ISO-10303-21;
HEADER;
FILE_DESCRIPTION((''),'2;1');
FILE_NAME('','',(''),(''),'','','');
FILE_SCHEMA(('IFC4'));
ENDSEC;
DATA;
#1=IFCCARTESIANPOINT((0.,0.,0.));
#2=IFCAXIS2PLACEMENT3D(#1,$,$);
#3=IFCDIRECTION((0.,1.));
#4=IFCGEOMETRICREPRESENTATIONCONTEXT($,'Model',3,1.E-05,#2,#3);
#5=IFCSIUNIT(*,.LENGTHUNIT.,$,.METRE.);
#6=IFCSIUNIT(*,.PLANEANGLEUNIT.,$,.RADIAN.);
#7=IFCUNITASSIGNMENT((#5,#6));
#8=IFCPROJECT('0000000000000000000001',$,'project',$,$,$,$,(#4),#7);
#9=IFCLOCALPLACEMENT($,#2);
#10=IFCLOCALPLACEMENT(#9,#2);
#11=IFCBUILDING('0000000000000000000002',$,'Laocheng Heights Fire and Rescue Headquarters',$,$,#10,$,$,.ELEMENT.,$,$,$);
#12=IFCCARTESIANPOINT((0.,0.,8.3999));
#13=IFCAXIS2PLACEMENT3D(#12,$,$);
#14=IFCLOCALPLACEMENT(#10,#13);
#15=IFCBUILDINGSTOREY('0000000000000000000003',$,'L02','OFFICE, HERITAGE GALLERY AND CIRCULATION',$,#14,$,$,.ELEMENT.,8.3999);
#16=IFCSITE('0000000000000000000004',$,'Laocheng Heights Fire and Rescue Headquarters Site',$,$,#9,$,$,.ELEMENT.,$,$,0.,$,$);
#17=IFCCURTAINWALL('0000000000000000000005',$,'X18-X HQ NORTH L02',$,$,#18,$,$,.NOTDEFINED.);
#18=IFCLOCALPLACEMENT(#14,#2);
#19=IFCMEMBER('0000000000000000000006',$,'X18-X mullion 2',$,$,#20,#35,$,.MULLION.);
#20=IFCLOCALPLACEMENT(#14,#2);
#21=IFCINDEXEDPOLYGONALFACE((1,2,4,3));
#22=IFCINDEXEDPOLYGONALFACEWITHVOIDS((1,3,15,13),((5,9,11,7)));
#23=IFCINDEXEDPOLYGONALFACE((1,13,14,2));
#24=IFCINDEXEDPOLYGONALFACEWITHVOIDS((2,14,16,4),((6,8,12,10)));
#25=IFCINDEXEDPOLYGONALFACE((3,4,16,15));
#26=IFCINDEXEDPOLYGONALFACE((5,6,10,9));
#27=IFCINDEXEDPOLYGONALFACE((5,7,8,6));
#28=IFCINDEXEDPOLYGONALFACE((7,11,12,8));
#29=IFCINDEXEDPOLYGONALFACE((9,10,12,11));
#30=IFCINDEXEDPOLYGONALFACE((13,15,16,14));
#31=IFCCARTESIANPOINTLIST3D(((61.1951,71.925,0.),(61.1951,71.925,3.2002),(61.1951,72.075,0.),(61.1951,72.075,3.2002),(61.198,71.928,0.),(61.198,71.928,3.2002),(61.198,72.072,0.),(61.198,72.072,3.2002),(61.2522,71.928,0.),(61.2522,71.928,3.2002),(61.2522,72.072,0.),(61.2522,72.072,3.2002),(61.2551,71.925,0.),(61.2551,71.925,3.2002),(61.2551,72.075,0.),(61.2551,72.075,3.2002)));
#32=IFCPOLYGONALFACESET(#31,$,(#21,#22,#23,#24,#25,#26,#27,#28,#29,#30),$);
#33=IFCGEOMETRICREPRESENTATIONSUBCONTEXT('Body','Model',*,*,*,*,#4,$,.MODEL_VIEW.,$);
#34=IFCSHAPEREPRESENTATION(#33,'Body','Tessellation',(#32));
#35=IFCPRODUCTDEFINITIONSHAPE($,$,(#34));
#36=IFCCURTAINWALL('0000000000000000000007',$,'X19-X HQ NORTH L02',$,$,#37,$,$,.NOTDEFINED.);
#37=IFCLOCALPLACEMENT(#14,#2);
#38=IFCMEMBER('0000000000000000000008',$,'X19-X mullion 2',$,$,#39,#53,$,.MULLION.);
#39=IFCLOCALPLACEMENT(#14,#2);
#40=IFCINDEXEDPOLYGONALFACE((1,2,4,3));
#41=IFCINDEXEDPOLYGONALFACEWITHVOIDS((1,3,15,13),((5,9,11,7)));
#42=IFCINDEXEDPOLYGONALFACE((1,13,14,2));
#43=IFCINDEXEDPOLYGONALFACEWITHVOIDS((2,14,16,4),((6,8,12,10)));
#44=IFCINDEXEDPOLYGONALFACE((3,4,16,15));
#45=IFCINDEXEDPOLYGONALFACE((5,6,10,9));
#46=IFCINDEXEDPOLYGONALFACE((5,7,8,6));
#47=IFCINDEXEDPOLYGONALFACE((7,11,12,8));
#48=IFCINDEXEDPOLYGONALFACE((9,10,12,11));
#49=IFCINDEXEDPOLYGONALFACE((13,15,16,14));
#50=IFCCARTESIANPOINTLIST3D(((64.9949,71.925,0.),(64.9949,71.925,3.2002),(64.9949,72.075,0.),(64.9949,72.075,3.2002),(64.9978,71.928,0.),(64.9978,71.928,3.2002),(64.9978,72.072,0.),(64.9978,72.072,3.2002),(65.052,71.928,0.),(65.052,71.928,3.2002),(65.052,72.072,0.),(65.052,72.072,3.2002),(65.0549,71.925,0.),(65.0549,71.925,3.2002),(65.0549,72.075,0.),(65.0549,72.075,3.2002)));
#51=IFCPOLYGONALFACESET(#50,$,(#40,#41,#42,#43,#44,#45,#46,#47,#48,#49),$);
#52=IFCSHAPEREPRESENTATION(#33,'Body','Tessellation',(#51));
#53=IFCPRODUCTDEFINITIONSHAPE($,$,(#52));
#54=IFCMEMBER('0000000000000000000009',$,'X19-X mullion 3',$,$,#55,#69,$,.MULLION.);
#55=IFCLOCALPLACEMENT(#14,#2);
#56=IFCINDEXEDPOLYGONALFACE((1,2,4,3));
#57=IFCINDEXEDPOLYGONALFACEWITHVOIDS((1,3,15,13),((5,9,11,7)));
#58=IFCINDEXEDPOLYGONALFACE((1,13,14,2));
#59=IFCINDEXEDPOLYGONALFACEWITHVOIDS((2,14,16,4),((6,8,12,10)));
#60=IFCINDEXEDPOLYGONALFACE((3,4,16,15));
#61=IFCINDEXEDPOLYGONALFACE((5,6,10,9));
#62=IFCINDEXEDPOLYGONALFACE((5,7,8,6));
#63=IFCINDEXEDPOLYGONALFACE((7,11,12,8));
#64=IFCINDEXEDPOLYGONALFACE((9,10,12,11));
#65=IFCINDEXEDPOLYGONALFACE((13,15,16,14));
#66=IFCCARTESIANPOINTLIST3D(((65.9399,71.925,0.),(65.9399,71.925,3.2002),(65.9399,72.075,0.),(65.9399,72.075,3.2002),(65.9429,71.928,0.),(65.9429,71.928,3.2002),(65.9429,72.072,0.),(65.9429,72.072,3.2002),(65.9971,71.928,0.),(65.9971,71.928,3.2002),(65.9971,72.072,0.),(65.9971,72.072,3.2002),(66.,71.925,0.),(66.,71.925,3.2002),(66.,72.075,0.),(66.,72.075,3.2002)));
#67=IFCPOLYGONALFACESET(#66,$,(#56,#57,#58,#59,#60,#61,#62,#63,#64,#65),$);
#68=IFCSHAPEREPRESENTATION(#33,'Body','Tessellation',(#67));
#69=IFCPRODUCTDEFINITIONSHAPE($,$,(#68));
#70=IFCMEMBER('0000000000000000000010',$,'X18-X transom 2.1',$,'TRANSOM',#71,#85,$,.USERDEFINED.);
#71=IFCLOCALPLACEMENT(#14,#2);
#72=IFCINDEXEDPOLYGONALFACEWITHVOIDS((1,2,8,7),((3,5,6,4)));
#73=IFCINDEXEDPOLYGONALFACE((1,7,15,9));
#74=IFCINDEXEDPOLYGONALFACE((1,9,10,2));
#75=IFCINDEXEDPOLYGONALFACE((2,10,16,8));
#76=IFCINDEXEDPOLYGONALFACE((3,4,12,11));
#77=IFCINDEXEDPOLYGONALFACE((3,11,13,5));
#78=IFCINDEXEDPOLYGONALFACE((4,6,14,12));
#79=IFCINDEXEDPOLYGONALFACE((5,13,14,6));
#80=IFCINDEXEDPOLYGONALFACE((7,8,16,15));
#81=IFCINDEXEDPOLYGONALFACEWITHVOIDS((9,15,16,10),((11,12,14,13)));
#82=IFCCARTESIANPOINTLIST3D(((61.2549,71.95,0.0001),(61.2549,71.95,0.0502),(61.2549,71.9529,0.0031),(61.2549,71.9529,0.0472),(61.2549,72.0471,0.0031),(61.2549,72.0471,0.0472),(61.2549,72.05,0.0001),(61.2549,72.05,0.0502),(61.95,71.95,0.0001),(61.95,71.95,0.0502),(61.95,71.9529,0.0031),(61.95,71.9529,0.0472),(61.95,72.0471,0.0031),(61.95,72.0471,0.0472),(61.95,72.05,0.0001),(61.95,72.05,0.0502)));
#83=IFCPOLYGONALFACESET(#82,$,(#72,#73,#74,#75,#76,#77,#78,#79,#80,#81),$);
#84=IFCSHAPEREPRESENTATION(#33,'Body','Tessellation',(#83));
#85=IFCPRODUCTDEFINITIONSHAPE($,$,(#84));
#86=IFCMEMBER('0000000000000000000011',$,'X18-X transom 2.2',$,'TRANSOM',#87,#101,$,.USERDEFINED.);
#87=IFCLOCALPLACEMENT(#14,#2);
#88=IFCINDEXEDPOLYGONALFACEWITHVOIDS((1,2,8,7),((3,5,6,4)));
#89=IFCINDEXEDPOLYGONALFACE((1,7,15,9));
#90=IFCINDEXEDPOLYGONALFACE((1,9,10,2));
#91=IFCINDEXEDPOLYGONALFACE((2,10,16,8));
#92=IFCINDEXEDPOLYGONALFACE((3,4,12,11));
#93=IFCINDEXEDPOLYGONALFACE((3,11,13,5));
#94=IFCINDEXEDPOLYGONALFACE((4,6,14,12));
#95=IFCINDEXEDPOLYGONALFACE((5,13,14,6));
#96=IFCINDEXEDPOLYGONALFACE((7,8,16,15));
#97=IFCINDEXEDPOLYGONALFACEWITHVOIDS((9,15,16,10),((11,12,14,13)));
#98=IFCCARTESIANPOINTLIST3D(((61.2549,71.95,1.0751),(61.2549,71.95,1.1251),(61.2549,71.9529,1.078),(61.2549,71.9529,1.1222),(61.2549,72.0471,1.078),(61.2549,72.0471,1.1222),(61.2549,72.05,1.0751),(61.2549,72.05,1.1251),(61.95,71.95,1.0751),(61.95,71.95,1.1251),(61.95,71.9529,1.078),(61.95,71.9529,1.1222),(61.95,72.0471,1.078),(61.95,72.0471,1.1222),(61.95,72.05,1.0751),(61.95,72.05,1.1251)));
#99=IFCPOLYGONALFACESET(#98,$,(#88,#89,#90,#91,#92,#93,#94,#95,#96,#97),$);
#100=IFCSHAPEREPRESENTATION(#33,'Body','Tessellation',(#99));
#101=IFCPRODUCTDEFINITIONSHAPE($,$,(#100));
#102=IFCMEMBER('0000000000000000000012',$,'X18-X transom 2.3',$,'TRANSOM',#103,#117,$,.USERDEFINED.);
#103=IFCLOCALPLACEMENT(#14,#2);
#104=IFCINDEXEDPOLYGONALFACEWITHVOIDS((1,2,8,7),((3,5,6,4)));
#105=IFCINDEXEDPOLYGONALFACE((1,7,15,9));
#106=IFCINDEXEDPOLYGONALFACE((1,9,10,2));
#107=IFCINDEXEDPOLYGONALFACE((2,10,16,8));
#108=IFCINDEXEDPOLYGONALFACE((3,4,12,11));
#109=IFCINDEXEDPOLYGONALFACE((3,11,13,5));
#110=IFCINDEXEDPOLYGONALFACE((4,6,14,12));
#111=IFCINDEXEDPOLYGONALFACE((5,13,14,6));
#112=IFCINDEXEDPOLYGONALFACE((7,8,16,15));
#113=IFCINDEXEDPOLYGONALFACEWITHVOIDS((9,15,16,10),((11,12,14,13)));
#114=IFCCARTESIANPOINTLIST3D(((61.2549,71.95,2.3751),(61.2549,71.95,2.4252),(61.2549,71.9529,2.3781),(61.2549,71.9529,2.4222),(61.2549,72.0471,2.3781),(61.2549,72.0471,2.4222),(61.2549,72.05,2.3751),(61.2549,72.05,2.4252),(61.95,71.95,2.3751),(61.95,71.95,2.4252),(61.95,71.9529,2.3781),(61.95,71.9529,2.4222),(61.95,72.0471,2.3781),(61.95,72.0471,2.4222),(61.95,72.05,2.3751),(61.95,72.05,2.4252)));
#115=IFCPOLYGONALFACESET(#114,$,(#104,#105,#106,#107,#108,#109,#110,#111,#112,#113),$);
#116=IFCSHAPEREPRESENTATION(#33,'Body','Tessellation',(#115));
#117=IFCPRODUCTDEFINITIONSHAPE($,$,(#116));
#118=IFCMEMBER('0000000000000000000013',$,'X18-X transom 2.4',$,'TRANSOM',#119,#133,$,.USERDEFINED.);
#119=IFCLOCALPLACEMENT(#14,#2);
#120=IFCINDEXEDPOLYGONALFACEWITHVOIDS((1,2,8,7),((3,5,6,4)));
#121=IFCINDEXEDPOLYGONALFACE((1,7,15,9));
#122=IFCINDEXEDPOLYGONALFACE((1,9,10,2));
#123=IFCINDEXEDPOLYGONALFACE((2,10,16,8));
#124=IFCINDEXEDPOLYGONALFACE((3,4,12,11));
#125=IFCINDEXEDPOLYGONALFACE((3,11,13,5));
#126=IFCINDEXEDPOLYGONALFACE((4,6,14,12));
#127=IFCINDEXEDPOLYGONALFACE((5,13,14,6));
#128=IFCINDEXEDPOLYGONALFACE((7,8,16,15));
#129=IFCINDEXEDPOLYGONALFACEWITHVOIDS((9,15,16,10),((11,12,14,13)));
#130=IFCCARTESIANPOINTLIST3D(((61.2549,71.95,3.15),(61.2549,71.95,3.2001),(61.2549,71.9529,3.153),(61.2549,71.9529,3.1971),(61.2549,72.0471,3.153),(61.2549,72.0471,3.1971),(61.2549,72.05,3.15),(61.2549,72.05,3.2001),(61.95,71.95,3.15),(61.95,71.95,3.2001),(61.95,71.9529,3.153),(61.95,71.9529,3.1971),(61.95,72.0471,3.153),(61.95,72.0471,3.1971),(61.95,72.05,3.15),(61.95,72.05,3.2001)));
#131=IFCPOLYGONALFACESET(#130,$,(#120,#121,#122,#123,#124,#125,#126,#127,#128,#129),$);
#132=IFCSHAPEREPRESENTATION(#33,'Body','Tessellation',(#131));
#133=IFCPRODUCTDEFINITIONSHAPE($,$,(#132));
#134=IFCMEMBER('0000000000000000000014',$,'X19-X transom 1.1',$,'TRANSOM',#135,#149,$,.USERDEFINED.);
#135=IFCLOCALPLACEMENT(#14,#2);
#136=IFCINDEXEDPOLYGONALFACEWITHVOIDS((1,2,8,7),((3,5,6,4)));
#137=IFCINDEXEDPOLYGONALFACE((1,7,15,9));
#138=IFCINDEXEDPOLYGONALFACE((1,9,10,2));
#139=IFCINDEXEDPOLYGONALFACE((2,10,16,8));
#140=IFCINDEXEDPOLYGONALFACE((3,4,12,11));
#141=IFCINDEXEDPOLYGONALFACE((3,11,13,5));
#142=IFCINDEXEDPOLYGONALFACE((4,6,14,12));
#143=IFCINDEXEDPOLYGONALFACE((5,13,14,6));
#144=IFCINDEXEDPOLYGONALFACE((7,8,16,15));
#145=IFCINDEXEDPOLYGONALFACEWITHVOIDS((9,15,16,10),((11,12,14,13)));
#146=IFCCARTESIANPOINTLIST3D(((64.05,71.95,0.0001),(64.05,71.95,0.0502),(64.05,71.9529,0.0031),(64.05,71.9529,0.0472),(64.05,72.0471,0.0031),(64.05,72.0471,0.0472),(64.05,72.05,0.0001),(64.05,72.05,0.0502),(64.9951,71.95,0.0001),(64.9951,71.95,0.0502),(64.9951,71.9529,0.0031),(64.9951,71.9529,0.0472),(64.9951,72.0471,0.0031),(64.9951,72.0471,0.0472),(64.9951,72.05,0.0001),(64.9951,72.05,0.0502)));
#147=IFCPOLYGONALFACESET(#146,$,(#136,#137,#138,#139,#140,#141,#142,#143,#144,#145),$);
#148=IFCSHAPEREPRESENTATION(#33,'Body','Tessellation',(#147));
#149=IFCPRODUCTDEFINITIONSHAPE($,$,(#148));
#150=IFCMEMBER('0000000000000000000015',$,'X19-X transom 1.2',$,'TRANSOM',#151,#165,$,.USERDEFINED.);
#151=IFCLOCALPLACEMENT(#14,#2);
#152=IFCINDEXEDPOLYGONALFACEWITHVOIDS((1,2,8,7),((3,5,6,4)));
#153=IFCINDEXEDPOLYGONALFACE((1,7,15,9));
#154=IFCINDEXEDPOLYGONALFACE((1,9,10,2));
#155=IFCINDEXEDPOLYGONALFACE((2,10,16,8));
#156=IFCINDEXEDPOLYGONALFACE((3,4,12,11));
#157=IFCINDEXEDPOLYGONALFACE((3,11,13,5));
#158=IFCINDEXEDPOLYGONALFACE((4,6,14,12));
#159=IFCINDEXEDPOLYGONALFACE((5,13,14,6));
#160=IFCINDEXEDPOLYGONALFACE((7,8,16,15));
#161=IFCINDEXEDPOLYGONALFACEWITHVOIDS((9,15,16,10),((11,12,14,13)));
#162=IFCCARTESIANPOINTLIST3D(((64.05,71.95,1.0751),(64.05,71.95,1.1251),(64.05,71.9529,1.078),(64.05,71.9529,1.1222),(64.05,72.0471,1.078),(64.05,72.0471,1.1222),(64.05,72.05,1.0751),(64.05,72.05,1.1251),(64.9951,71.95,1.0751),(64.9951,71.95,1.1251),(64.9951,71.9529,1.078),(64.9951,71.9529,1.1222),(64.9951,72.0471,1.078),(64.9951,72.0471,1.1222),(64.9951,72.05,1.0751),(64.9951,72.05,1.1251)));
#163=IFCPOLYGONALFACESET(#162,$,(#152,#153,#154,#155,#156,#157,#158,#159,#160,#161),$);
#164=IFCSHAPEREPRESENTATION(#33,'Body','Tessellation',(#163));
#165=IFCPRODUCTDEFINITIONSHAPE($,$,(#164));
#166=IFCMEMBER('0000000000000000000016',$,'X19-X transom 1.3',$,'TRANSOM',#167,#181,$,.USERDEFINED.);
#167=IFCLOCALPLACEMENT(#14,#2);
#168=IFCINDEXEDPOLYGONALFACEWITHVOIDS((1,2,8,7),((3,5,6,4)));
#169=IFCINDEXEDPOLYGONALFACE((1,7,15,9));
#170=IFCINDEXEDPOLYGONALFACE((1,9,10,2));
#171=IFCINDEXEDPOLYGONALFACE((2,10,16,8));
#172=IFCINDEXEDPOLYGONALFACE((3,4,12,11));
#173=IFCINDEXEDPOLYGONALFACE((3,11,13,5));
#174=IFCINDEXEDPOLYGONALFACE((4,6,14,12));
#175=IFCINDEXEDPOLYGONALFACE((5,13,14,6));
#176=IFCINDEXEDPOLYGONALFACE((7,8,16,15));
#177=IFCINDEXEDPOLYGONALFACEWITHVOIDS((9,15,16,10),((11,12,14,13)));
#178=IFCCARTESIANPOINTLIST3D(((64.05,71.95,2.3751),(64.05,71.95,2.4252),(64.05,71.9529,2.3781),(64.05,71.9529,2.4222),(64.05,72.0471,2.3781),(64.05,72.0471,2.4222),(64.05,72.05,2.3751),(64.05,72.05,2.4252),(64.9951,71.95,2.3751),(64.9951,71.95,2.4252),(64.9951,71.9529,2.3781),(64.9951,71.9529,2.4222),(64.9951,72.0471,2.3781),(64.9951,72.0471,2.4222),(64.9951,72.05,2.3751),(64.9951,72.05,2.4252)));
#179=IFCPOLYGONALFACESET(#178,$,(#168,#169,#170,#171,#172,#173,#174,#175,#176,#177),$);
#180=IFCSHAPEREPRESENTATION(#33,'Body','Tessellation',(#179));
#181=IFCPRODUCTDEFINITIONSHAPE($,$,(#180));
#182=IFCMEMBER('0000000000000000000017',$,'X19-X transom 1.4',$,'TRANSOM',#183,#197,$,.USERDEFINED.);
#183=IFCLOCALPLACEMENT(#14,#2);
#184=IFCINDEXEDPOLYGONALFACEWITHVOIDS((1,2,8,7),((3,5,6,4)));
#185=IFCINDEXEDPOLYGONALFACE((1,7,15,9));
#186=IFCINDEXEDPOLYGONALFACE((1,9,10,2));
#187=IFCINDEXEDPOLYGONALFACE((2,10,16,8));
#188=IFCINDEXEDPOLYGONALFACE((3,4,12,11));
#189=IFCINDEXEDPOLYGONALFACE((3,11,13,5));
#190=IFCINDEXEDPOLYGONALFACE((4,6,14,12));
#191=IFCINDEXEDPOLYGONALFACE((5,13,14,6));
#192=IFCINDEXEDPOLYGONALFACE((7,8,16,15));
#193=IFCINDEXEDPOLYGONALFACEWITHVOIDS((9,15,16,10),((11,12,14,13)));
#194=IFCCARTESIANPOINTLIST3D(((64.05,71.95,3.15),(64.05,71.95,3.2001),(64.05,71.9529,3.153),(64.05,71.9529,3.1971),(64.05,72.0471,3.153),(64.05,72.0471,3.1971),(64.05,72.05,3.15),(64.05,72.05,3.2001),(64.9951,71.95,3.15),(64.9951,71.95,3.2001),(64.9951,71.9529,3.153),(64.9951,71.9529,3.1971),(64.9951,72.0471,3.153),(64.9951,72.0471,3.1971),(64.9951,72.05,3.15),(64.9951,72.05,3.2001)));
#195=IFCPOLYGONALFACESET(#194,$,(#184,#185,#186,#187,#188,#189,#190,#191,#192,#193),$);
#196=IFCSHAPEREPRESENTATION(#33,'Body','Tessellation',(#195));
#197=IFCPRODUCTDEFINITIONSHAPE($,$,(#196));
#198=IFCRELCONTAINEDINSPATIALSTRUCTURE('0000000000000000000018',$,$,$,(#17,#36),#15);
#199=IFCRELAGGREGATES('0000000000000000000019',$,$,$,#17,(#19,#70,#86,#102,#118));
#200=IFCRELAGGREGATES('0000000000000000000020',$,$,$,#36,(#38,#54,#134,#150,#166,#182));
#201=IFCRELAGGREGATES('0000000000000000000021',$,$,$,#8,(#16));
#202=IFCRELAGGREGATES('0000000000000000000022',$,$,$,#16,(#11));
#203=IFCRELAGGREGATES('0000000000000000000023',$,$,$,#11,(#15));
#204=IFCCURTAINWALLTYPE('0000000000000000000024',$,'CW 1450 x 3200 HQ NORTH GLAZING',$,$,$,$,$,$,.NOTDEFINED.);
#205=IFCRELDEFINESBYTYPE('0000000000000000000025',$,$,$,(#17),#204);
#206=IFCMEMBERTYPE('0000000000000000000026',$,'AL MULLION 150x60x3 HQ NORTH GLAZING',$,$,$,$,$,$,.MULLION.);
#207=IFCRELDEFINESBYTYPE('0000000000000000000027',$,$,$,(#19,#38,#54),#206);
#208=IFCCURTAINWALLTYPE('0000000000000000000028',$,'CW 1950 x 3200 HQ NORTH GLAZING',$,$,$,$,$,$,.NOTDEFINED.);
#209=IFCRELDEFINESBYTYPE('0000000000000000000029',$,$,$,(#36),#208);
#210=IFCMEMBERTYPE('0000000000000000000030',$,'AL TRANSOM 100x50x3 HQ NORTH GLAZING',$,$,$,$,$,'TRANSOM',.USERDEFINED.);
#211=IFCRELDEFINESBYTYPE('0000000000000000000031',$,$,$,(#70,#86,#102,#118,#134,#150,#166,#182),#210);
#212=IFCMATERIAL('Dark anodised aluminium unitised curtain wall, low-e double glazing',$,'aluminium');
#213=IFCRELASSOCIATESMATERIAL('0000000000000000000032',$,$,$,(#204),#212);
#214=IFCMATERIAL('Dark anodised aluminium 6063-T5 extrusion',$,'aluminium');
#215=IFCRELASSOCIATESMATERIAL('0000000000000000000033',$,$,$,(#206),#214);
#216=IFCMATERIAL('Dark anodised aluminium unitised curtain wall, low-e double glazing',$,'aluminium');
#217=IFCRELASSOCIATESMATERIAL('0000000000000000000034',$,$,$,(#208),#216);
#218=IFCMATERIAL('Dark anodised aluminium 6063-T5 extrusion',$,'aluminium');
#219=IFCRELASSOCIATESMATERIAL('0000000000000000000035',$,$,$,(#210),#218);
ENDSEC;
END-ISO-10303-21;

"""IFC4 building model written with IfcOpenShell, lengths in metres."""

from ifc_helpers import new_model, si_unit, direction, frame, origin, origin_2d, place, context, subcontext, project, spatial, hollow_rectangle, extrude, material, material_profile, profile_set, type_object, element, aggregate, save


model = new_model("IFC4")

# Units and contexts
model_context = context("Model", 3, precision=1e-05, world=origin(), true_north=direction((0.0, 1.0)))
body_context = subcontext(model_context, "Body", "Model", "MODEL_VIEW")
ifc_project = project(units=[si_unit("LENGTHUNIT", "METRE"), si_unit("PLANEANGLEUNIT", "RADIAN")], contexts=[model_context])

# Site, building, storey
site_placement = place(None, origin())
site = spatial("IfcSite", under=ifc_project, at=site_placement, Name="Laocheng Heights Fire and Rescue Headquarters Site", CompositionType="ELEMENT", RefElevation=0.0)
building_placement = place(site_placement, origin())
building = spatial("IfcBuilding", under=site, at=building_placement, Name="Laocheng Heights Fire and Rescue Headquarters", CompositionType="ELEMENT")
storey_placement = place(building_placement, frame((0.0, 0.0, 8.3999)))
storey = spatial("IfcBuildingStorey", under=building, at=storey_placement, Name="L02", Description="OFFICE, HERITAGE GALLERY AND CIRCULATION", CompositionType="ELEMENT", Elevation=8.3999)

# Curtain wall, member
ifc_material_1 = material(Name="Dark anodised aluminium unitised curtain wall, low-e double glazing", Category="aluminium")
curtain_wall_type_1 = type_object("IfcCurtainWallType", Name="CW 1450 x 3200 HQ NORTH GLAZING", PredefinedType="NOTDEFINED", material=ifc_material_1)
curtain_wall_1_placement = place(storey_placement, origin())
curtain_wall_1 = element("IfcCurtainWall", 1, at=curtain_wall_1_placement, inside=storey, type_object=curtain_wall_type_1, Name="X18-X HQ NORTH L02", PredefinedType="NOTDEFINED")
ifc_material_2 = material(Name="Dark anodised aluminium 6063-T5 extrusion", Category="aluminium")
ifc_material_profile_1 = material_profile(ifc_material_2, hollow_rectangle(XDim=0.1499, YDim=0.0601, WallThickness=0.0029, at=origin_2d()), Name="AL MULLION 150x60x3 HQ NORTH GLAZING")
ifc_profile_set_1 = profile_set([ifc_material_profile_1], Name="Dark anodised aluminium 6063-T5 extrusion")
member_type_1 = type_object("IfcMemberType", Name="AL MULLION 150x60x3 HQ NORTH GLAZING", PredefinedType="MULLION", material=ifc_profile_set_1)
member_1_placement = place(storey_placement, frame((61.2251, 72.0, 0.0), z_axis=(0.0, 0.0, 1.0), x_axis=(0.0, 1.0, 0.0)))
member_1 = element("IfcMember", 2, at=member_1_placement, type_object=member_type_1, Name="X18-X mullion 2", PredefinedType="MULLION", context=body_context, shape_type="SweptSolid", body=[
    extrude(hollow_rectangle(XDim=0.1499, YDim=0.0601, WallThickness=0.0029, at=origin_2d()), origin(), (0.0, 0.0, 1.0), 3.2002),
])

# Curtain wall, members
ifc_material_3 = material(Name="Dark anodised aluminium unitised curtain wall, low-e double glazing", Category="aluminium")
curtain_wall_type_2 = type_object("IfcCurtainWallType", Name="CW 1950 x 3200 HQ NORTH GLAZING", PredefinedType="NOTDEFINED", material=ifc_material_3)
curtain_wall_2_placement = place(storey_placement, origin())
curtain_wall_2 = element("IfcCurtainWall", 3, at=curtain_wall_2_placement, inside=storey, type_object=curtain_wall_type_2, Name="X19-X HQ NORTH L02", PredefinedType="NOTDEFINED")
member_2_placement = place(storey_placement, frame((65.0249, 72.0, 0.0), z_axis=(0.0, 0.0, 1.0), x_axis=(0.0, 1.0, 0.0)))
member_2 = element("IfcMember", 4, at=member_2_placement, type_object=member_type_1, Name="X19-X mullion 2", PredefinedType="MULLION", context=body_context, shape_type="SweptSolid", body=[
    extrude(hollow_rectangle(XDim=0.1499, YDim=0.0601, WallThickness=0.0029, at=origin_2d()), origin(), (0.0, 0.0, 1.0), 3.2002),
])
member_3_placement = place(storey_placement, frame((65.97, 72.0, 0.0), z_axis=(0.0, 0.0, 1.0), x_axis=(0.0, 1.0, 0.0)))
member_3 = element("IfcMember", 5, at=member_3_placement, type_object=member_type_1, Name="X19-X mullion 3", PredefinedType="MULLION", context=body_context, shape_type="SweptSolid", body=[
    extrude(hollow_rectangle(XDim=0.1499, YDim=0.0601, WallThickness=0.0029, at=origin_2d()), origin(), (0.0, 0.0, 1.0), 3.2002),
])

# Members
ifc_material_4 = material(Name="Dark anodised aluminium 6063-T5 extrusion", Category="aluminium")
ifc_material_profile_2 = material_profile(ifc_material_4, hollow_rectangle(XDim=0.1001, YDim=0.05, WallThickness=0.0029, at=origin_2d()), Name="AL TRANSOM 100x50x3 HQ NORTH GLAZING")
ifc_profile_set_2 = profile_set([ifc_material_profile_2], Name="Dark anodised aluminium 6063-T5 extrusion")
member_type_2 = type_object("IfcMemberType", Name="AL TRANSOM 100x50x3 HQ NORTH GLAZING", ElementType="TRANSOM", PredefinedType="USERDEFINED", material=ifc_profile_set_2)
member_4_placement = place(storey_placement, frame((61.2549, 72.0, 0.0251), z_axis=(1.0, 0.0, 0.0), x_axis=(0.0, 1.0, 0.0)))
member_4 = element("IfcMember", 6, at=member_4_placement, type_object=member_type_2, Name="X18-X transom 2.1", ObjectType="TRANSOM", PredefinedType="USERDEFINED", context=body_context, shape_type="SweptSolid", body=[
    extrude(hollow_rectangle(XDim=0.1001, YDim=0.05, WallThickness=0.0029, at=origin_2d()), origin(), (0.0, 0.0, 1.0), 0.6951),
])
member_5_placement = place(storey_placement, frame((61.2549, 72.0, 1.1001), z_axis=(1.0, 0.0, 0.0), x_axis=(0.0, 1.0, 0.0)))
member_5 = element("IfcMember", 7, at=member_5_placement, type_object=member_type_2, Name="X18-X transom 2.2", ObjectType="TRANSOM", PredefinedType="USERDEFINED", context=body_context, shape_type="SweptSolid", body=[
    extrude(hollow_rectangle(XDim=0.1001, YDim=0.05, WallThickness=0.0029, at=origin_2d()), origin(), (0.0, 0.0, 1.0), 0.6951),
])
member_6_placement = place(storey_placement, frame((61.2549, 72.0, 2.4001), z_axis=(1.0, 0.0, 0.0), x_axis=(0.0, 1.0, 0.0)))
member_6 = element("IfcMember", 8, at=member_6_placement, type_object=member_type_2, Name="X18-X transom 2.3", ObjectType="TRANSOM", PredefinedType="USERDEFINED", context=body_context, shape_type="SweptSolid", body=[
    extrude(hollow_rectangle(XDim=0.1001, YDim=0.05, WallThickness=0.0029, at=origin_2d()), origin(), (0.0, 0.0, 1.0), 0.6951),
])
member_7_placement = place(storey_placement, frame((61.2549, 72.0, 3.175), z_axis=(1.0, 0.0, 0.0), x_axis=(0.0, 1.0, 0.0)))
member_7 = element("IfcMember", 9, at=member_7_placement, type_object=member_type_2, Name="X18-X transom 2.4", ObjectType="TRANSOM", PredefinedType="USERDEFINED", context=body_context, shape_type="SweptSolid", body=[
    extrude(hollow_rectangle(XDim=0.1001, YDim=0.05, WallThickness=0.0029, at=origin_2d()), origin(), (0.0, 0.0, 1.0), 0.6951),
])
member_8_placement = place(storey_placement, frame((64.05, 72.0, 0.0251), z_axis=(1.0, 0.0, 0.0), x_axis=(0.0, 1.0, 0.0)))
member_8 = element("IfcMember", 10, at=member_8_placement, type_object=member_type_2, Name="X19-X transom 1.1", ObjectType="TRANSOM", PredefinedType="USERDEFINED", context=body_context, shape_type="SweptSolid", body=[
    extrude(hollow_rectangle(XDim=0.1001, YDim=0.05, WallThickness=0.0029, at=origin_2d()), origin(), (0.0, 0.0, 1.0), 0.9451),
])
member_9_placement = place(storey_placement, frame((64.05, 72.0, 1.1001), z_axis=(1.0, 0.0, 0.0), x_axis=(0.0, 1.0, 0.0)))
member_9 = element("IfcMember", 11, at=member_9_placement, type_object=member_type_2, Name="X19-X transom 1.2", ObjectType="TRANSOM", PredefinedType="USERDEFINED", context=body_context, shape_type="SweptSolid", body=[
    extrude(hollow_rectangle(XDim=0.1001, YDim=0.05, WallThickness=0.0029, at=origin_2d()), origin(), (0.0, 0.0, 1.0), 0.9451),
])
member_10_placement = place(storey_placement, frame((64.05, 72.0, 2.4001), z_axis=(1.0, 0.0, 0.0), x_axis=(0.0, 1.0, 0.0)))
member_10 = element("IfcMember", 12, at=member_10_placement, type_object=member_type_2, Name="X19-X transom 1.3", ObjectType="TRANSOM", PredefinedType="USERDEFINED", context=body_context, shape_type="SweptSolid", body=[
    extrude(hollow_rectangle(XDim=0.1001, YDim=0.05, WallThickness=0.0029, at=origin_2d()), origin(), (0.0, 0.0, 1.0), 0.9451),
])
member_11_placement = place(storey_placement, frame((64.05, 72.0, 3.175), z_axis=(1.0, 0.0, 0.0), x_axis=(0.0, 1.0, 0.0)))
member_11 = element("IfcMember", 13, at=member_11_placement, type_object=member_type_2, Name="X19-X transom 1.4", ObjectType="TRANSOM", PredefinedType="USERDEFINED", context=body_context, shape_type="SweptSolid", body=[
    extrude(hollow_rectangle(XDim=0.1001, YDim=0.05, WallThickness=0.0029, at=origin_2d()), origin(), (0.0, 0.0, 1.0), 0.9451),
])

aggregate(curtain_wall_1, [member_1, member_4, member_5, member_6, member_7])
aggregate(curtain_wall_2, [member_2, member_3, member_8, member_9, member_10, member_11])

save(model, "model.ifc")
